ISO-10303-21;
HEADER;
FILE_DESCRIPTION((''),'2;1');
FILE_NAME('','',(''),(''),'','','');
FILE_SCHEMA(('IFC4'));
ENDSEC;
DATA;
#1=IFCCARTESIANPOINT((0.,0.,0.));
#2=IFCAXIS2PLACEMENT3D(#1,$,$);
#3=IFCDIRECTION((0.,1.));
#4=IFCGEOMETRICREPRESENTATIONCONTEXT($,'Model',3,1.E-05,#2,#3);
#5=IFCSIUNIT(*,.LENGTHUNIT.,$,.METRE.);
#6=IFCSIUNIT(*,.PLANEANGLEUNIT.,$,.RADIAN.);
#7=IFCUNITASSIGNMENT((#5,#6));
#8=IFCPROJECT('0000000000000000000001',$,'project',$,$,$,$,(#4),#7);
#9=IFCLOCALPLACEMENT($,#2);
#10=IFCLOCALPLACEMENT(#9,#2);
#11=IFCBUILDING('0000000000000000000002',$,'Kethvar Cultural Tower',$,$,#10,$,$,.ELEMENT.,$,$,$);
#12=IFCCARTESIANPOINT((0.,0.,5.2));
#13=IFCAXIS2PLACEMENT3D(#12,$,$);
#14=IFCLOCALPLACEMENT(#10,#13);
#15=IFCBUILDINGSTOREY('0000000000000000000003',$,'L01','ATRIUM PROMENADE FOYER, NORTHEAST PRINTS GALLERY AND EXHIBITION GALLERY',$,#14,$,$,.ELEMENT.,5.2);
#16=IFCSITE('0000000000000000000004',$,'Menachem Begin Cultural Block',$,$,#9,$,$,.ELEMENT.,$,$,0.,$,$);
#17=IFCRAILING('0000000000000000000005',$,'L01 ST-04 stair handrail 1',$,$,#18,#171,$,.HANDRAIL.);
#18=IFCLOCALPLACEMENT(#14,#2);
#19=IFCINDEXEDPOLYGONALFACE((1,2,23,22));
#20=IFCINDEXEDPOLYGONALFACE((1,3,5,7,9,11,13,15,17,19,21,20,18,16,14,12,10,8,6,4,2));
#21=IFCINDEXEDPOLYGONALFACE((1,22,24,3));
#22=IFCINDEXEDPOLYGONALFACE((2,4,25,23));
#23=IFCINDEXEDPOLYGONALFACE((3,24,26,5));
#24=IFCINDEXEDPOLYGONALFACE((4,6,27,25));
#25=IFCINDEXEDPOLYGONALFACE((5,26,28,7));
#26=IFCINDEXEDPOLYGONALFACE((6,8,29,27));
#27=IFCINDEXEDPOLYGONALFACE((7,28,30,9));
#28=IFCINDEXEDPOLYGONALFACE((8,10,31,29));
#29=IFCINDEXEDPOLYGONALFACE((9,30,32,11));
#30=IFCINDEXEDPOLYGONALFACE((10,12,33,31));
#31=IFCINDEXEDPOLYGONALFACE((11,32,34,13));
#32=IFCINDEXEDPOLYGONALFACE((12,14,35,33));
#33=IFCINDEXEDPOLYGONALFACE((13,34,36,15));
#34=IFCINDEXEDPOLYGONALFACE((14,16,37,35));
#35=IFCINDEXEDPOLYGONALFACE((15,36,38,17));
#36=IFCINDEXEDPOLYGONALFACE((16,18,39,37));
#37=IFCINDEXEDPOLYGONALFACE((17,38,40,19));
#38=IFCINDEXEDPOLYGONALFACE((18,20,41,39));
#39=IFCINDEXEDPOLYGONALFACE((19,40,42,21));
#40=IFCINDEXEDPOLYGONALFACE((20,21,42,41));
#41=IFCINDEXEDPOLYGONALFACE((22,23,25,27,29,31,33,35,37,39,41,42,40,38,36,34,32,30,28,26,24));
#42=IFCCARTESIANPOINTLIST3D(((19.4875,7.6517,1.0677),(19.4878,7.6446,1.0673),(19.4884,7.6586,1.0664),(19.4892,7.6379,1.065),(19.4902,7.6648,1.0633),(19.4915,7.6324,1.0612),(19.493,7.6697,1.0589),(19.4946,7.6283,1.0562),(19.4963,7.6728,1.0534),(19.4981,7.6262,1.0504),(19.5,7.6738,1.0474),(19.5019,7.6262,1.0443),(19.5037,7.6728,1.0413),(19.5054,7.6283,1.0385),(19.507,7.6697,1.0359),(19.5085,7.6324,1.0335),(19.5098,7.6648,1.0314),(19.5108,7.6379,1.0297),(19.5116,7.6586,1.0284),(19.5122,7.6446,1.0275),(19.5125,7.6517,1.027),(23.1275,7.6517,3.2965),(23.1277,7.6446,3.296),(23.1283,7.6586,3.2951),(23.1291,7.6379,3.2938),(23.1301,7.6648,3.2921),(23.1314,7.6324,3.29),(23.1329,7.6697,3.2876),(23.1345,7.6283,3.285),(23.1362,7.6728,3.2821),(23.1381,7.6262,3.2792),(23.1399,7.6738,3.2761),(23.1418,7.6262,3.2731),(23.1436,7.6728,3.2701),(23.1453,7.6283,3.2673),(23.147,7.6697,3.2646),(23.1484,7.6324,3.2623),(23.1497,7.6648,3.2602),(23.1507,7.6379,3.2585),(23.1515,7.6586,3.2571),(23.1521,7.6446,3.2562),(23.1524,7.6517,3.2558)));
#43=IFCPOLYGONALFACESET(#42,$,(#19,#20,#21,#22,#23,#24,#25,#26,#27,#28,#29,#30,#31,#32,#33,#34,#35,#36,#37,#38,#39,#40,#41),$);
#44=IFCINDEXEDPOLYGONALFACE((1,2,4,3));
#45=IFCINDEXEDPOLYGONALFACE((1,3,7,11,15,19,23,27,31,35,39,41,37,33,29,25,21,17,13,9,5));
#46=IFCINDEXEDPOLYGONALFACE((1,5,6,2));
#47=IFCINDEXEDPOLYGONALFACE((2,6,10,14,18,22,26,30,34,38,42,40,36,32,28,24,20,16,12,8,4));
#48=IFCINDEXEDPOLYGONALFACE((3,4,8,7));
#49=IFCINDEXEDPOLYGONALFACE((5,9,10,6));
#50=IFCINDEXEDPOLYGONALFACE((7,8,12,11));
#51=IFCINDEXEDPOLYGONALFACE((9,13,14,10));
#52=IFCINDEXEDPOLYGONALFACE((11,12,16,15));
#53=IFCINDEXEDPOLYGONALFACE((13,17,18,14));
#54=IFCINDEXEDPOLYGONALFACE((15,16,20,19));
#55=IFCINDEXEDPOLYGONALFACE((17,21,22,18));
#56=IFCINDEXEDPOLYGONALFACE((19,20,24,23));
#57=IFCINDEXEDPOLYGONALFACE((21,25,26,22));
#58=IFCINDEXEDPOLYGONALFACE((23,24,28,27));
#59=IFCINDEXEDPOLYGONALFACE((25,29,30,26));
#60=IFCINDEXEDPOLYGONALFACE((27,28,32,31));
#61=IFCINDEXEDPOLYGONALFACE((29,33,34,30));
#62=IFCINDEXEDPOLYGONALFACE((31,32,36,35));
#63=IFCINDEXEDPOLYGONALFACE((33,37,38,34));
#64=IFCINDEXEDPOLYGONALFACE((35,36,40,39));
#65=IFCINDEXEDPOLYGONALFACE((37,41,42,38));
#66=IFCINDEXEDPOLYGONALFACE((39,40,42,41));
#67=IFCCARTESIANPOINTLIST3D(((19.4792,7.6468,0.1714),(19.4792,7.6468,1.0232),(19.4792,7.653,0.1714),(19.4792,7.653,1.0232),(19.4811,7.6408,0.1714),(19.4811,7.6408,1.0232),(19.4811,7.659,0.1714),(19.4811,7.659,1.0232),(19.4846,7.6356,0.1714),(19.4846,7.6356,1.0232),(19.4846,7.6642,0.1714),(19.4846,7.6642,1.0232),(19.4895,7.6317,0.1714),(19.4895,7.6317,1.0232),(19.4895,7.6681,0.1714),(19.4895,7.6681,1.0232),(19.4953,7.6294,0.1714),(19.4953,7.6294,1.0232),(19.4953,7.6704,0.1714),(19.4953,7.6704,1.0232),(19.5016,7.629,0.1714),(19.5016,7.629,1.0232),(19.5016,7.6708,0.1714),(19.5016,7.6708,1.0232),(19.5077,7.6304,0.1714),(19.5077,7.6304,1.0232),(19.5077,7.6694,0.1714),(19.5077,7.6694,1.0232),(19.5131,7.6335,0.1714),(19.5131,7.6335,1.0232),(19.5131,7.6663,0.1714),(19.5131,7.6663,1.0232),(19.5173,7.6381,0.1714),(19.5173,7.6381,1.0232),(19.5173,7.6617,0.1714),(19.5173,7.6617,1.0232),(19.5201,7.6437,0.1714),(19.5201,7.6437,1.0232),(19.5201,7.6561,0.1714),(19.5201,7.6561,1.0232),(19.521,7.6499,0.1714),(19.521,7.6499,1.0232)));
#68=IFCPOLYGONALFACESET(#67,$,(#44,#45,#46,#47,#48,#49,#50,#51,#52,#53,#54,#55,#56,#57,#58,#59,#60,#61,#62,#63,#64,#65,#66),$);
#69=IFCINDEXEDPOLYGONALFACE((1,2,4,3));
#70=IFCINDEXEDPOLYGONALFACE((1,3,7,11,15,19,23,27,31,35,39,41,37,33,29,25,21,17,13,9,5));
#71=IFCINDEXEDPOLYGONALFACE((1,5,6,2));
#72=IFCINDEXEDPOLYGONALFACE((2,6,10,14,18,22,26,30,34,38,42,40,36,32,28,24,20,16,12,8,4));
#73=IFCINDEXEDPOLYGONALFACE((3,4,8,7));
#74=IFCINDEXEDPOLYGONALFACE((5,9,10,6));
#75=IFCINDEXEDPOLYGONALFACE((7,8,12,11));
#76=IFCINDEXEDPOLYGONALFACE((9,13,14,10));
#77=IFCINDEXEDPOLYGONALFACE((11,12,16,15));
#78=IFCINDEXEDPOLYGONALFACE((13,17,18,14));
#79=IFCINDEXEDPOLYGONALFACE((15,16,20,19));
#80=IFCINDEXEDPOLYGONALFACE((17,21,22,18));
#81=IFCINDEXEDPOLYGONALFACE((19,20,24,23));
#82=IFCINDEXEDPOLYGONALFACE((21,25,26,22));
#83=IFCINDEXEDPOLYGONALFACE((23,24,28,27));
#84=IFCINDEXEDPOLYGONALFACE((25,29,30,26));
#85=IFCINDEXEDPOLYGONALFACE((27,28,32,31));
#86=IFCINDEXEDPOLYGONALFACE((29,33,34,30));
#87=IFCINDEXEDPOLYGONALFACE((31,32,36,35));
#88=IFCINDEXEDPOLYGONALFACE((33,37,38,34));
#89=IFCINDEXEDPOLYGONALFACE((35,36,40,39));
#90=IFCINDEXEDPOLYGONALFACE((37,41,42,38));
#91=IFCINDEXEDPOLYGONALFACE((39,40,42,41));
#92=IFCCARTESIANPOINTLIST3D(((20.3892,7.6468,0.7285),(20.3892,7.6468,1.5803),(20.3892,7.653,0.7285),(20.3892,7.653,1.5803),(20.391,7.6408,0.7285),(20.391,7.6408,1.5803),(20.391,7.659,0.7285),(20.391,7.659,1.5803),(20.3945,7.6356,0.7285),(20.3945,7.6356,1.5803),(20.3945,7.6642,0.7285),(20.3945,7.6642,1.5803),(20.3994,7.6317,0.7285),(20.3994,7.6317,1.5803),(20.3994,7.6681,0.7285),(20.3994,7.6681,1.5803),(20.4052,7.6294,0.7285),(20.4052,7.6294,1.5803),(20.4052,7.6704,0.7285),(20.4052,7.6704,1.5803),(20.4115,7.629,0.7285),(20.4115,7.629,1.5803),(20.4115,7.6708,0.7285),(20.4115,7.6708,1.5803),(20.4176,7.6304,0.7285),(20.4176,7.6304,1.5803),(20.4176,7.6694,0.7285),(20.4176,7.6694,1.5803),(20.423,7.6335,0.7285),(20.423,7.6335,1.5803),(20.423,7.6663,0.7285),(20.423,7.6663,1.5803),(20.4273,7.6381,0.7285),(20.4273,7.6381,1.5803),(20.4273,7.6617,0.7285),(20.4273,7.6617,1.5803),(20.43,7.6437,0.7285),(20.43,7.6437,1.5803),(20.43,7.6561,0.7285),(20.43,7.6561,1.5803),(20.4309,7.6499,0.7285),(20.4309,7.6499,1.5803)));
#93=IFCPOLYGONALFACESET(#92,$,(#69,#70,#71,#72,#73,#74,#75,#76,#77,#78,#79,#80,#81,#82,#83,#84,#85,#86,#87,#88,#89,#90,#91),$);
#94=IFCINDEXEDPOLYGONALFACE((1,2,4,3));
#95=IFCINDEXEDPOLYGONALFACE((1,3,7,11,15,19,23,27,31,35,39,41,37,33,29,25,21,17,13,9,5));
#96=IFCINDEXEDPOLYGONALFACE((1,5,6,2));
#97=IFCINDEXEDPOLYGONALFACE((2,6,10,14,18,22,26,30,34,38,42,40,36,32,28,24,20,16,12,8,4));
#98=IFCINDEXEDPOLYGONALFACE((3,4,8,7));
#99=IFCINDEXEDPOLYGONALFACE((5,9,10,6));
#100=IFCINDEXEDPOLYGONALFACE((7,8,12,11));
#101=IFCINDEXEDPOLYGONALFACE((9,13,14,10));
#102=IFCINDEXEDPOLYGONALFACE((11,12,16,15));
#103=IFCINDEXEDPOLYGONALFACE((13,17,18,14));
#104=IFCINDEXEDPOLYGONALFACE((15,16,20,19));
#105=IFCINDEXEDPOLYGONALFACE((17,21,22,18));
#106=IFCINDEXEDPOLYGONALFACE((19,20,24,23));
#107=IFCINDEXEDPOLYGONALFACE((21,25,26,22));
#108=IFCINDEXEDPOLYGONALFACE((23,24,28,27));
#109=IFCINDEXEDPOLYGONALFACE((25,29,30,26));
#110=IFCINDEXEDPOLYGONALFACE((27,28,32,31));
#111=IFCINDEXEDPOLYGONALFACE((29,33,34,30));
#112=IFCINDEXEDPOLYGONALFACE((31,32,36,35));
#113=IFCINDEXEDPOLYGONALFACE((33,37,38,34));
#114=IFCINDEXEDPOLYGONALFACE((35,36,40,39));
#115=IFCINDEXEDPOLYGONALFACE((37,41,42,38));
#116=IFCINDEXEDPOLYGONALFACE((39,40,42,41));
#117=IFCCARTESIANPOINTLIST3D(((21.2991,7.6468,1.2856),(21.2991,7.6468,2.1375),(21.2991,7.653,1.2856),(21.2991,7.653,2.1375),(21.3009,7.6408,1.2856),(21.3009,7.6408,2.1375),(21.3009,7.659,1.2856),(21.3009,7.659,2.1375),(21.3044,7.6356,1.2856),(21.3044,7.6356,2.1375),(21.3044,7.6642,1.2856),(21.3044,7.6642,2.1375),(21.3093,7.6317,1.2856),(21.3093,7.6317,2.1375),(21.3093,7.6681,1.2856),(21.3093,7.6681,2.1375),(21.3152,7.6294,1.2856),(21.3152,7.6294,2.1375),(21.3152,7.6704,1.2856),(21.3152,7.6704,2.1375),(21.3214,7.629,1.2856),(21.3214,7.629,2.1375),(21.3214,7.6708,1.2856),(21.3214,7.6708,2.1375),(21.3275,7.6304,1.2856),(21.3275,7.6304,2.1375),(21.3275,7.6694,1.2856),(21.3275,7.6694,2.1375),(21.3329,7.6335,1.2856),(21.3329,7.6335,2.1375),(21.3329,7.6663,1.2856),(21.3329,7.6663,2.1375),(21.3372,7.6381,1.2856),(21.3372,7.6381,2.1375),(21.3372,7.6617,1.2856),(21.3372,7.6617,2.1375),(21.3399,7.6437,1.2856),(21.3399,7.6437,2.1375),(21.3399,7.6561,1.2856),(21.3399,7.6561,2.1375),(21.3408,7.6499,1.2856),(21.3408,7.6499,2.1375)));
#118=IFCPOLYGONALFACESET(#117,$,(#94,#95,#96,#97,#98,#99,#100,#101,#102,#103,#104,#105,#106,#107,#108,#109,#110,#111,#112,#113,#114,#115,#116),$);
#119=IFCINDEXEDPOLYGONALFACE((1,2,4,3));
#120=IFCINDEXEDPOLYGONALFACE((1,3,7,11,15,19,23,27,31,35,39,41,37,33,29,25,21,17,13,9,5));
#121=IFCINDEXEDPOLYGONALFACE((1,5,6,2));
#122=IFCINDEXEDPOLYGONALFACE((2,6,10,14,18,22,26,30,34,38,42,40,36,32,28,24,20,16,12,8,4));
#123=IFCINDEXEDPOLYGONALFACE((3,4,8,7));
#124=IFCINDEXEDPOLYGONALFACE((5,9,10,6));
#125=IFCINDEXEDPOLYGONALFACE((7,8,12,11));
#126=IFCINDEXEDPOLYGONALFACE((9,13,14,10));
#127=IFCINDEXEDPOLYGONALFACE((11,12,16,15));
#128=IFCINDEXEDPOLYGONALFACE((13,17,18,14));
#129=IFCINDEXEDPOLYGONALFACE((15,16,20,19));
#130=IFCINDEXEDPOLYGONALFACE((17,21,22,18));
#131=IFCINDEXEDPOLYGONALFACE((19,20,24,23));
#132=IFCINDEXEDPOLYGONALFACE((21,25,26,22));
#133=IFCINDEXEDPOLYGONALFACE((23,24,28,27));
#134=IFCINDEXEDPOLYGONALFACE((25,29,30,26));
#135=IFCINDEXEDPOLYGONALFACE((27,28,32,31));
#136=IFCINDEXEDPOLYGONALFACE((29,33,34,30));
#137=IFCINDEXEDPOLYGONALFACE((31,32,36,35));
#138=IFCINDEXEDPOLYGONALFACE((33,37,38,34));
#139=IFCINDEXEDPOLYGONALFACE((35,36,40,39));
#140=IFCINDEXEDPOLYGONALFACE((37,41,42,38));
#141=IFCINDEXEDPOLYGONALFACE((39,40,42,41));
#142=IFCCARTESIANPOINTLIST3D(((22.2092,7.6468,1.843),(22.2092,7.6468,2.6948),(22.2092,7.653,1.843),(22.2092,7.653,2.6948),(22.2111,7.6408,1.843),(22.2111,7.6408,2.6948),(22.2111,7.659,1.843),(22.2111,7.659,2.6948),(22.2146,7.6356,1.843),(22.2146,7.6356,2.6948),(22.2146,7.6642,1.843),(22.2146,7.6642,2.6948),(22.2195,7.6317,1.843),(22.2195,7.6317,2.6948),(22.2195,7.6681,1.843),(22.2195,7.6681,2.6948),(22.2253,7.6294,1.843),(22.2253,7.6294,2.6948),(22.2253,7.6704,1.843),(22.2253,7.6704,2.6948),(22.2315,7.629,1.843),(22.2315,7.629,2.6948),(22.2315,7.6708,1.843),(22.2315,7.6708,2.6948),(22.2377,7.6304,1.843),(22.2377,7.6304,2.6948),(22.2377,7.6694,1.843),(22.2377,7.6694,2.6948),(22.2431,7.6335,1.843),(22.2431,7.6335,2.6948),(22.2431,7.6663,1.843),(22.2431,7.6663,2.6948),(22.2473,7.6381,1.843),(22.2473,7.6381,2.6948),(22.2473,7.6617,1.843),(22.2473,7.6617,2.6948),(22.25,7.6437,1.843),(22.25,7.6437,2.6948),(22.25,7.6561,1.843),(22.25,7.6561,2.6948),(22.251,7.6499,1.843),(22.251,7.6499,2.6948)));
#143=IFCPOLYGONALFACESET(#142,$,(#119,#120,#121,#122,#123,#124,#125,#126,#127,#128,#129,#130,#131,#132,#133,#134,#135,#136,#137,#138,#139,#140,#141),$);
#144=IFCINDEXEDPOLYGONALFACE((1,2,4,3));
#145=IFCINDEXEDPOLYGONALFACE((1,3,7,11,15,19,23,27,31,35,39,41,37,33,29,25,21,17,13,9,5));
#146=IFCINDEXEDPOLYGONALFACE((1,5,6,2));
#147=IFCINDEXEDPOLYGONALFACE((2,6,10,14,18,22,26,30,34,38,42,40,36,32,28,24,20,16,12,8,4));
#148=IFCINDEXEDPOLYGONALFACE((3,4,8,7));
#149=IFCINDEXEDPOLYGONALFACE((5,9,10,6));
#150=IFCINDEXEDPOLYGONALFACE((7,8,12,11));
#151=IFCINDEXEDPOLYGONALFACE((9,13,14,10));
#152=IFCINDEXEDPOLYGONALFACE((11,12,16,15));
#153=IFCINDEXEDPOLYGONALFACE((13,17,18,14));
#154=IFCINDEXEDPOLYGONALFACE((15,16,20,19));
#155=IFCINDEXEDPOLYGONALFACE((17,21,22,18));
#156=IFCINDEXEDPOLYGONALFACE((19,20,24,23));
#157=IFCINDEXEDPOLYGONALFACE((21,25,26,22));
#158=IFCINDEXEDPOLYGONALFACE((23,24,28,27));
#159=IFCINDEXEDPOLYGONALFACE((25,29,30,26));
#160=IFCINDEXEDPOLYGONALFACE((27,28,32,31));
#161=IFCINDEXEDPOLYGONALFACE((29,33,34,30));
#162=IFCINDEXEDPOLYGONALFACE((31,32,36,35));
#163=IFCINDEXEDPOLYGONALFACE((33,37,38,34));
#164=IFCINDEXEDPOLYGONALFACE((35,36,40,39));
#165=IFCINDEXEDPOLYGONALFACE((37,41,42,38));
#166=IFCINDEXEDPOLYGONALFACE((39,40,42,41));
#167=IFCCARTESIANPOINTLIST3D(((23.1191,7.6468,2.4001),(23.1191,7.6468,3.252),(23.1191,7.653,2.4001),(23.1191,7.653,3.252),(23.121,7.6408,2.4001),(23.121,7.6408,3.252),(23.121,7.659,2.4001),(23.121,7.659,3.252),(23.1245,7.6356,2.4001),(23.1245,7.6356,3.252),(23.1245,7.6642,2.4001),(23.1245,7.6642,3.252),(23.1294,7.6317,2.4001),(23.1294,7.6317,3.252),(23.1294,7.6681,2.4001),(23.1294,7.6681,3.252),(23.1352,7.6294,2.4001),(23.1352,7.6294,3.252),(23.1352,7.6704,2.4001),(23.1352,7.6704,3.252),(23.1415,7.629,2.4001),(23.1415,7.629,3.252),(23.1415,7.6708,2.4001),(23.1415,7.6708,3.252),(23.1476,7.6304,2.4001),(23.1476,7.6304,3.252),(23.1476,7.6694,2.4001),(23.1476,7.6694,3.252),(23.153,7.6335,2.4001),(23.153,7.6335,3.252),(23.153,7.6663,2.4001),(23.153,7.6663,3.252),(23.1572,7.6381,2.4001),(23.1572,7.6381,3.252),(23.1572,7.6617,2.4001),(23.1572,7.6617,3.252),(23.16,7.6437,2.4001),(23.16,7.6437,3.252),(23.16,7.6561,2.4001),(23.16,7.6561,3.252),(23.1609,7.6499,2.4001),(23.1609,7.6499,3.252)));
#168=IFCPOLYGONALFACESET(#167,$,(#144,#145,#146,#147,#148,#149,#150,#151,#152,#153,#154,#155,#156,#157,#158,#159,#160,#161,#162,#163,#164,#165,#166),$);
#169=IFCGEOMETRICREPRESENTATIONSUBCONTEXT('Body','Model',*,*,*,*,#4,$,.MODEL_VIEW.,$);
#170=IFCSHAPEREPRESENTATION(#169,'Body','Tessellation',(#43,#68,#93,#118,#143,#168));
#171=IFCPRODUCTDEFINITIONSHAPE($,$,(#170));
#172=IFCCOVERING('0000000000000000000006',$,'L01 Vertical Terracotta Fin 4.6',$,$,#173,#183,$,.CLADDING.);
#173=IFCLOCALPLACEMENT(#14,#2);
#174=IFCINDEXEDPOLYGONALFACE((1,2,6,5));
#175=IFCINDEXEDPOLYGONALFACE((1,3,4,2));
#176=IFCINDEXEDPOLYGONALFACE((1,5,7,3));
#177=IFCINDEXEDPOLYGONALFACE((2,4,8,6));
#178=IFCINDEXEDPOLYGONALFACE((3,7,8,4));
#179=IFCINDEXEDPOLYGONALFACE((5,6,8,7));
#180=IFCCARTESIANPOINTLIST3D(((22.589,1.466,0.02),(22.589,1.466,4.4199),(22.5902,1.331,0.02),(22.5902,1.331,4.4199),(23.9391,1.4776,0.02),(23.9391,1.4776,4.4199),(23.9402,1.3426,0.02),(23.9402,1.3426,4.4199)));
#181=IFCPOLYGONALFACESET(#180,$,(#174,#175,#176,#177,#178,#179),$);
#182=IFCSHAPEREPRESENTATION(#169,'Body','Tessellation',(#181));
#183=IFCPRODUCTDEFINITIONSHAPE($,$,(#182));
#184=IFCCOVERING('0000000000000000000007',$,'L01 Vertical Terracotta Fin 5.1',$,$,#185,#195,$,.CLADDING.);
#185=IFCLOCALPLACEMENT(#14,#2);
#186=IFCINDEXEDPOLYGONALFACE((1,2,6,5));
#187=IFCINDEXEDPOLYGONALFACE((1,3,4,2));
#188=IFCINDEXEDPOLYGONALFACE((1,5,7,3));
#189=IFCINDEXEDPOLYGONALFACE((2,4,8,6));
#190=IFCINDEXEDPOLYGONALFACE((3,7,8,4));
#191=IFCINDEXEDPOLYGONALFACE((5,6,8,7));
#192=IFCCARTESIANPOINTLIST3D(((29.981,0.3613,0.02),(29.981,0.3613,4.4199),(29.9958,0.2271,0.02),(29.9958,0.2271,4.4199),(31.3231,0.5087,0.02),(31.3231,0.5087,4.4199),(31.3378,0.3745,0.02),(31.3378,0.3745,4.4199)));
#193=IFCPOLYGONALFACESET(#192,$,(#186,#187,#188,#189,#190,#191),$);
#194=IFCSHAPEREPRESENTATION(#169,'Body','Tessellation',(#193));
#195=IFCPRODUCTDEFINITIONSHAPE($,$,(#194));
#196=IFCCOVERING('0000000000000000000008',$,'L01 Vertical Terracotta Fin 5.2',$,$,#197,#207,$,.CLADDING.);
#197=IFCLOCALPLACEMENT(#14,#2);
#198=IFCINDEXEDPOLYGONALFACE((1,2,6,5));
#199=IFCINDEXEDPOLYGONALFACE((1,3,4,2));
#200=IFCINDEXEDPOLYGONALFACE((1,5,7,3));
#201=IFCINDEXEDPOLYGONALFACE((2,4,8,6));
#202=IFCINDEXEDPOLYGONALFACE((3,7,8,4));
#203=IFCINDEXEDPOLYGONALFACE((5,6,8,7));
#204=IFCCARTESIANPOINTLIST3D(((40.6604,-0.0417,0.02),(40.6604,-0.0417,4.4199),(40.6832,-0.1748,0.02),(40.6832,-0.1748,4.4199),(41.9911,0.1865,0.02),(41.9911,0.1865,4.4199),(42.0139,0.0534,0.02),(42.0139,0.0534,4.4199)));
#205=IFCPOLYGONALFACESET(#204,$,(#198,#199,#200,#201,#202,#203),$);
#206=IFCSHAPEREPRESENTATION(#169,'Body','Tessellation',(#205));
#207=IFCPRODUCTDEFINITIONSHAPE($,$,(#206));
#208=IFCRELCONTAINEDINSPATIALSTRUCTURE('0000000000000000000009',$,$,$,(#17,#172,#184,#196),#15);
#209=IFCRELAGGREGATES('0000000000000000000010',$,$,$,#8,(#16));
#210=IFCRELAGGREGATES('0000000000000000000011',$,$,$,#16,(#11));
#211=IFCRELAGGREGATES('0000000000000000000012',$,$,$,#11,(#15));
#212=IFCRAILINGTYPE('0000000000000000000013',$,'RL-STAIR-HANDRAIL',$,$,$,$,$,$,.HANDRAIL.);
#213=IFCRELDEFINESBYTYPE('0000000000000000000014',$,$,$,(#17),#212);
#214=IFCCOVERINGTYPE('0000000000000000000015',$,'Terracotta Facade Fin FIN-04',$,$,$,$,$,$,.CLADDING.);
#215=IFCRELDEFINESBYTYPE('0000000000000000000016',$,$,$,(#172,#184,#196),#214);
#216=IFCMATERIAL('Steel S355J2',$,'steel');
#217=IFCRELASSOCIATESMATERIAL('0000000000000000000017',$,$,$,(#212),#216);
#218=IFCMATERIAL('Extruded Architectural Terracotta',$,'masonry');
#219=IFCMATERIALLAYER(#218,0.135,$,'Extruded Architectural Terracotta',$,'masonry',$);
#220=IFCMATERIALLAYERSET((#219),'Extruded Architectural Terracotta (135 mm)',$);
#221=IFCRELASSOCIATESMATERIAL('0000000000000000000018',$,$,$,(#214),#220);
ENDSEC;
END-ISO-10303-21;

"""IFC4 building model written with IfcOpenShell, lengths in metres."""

from ifc_helpers import new_model, si_unit, direction, frame, origin, origin_2d, place, context, subcontext, project, spatial, rectangle, circle, extrude, source, transform, mapped, material, layer, layer_set, type_object, element, save


model = new_model("IFC4")

# Units and contexts
model_context = context("Model", 3, precision=1e-05, world=origin(), true_north=direction((0.0, 1.0)))
body_context = subcontext(model_context, "Body", "Model", "MODEL_VIEW")
ifc_project = project(units=[si_unit("LENGTHUNIT", "METRE"), si_unit("PLANEANGLEUNIT", "RADIAN")], contexts=[model_context])

# Site, building, storey
site_placement = place(None, origin())
site = spatial("IfcSite", under=ifc_project, at=site_placement, Name="Menachem Begin Cultural Block", CompositionType="ELEMENT", RefElevation=0.0)
building_placement = place(site_placement, origin())
building = spatial("IfcBuilding", under=site, at=building_placement, Name="Kethvar Cultural Tower", CompositionType="ELEMENT")
storey_placement = place(building_placement, frame((0.0, 0.0, 5.2)))
storey = spatial("IfcBuildingStorey", under=building, at=storey_placement, Name="L01", Description="ATRIUM PROMENADE FOYER, NORTHEAST PRINTS GALLERY AND EXHIBITION GALLERY", CompositionType="ELEMENT", Elevation=5.2)

# Shared definitions
ifc_material_1 = material(Name="Steel S355J2", Category="steel")

# Railing
railing_type_1 = type_object("IfcRailingType", Name="RL-STAIR-HANDRAIL", PredefinedType="HANDRAIL", material=ifc_material_1)
railing_1_placement = place(storey_placement, frame((19.5, 7.6499, 0.1714)))
element("IfcRailing", 1, at=railing_1_placement, inside=storey, type_object=railing_type_1, Name="L01 ST-04 stair handrail 1", PredefinedType="HANDRAIL", context=body_context, shape_type="SweptSolid", body=[
    extrude(circle(Radius=0.0239, at=origin_2d()), frame((0.0, 0.0, 0.876), z_axis=(0.852825, 0.0, 0.522197), x_axis=(0.0, 1.0, 0.0)), (0.0, 0.0, 1.0), 4.2681),
    extrude(circle(Radius=0.021, at=origin_2d()), origin(), (0.0, 0.0, 1.0), 0.8518),
    extrude(circle(Radius=0.021, at=origin_2d()), frame((0.9099, 0.0, 0.5571)), (0.0, 0.0, 1.0), 0.8518),
    extrude(circle(Radius=0.021, at=origin_2d()), frame((1.8198, 0.0, 1.1143)), (0.0, 0.0, 1.0), 0.8518),
    extrude(circle(Radius=0.021, at=origin_2d()), frame((2.73, 0.0, 1.6716)), (0.0, 0.0, 1.0), 0.8518),
    extrude(circle(Radius=0.021, at=origin_2d()), frame((3.6399, 0.0, 2.2288)), (0.0, 0.0, 1.0), 0.8518),
])

# Coverings
ifc_material_2 = material(Name="Extruded Architectural Terracotta", Category="masonry")
ifc_layer_1 = layer(ifc_material_2, 0.135, Name="Extruded Architectural Terracotta", Category="masonry")
ifc_layer_set_1 = layer_set([ifc_layer_1], Name="Extruded Architectural Terracotta (135 mm)")
covering_type = type_object("IfcCoveringType", Name="Terracotta Facade Fin FIN-04", PredefinedType="CLADDING", material=ifc_layer_set_1)
shared_shape_1 = source(origin(), body_context, "Body", "SweptSolid", [
    extrude(rectangle(XDim=1.3501, YDim=0.135, at=origin_2d()), origin(), (0.0, 0.0, 1.0), 4.3999),
])
for number, where, z_axis, x_axis, name in (
    (2, (23.2646, 1.4043, 0.02), (0.0, 0.0, 1.0), (-0.999963, -0.008552, 0.0), "L01 Vertical Terracotta Fin 4.6"),
    (3, (30.6594, 0.3679, 0.02), (0.0, 0.0, 1.0), (-0.994018, -0.109214, 0.0), "L01 Vertical Terracotta Fin 5.1"),
    (4, (41.3372, 0.0059, 0.02), (0.0, 0.0, 1.0), (-0.985615, -0.169005, 0.0), "L01 Vertical Terracotta Fin 5.2"),
):
    element("IfcCovering", number, at=place(storey_placement, frame(where, z_axis=z_axis, x_axis=x_axis)), inside=storey, type_object=covering_type, Name=name, PredefinedType="CLADDING", context=body_context, shape_type="MappedRepresentation", body=[
        mapped(shared_shape_1, transform((0.0, 0.0, 0.0), scale=1.0)),
    ])

save(model, "model.ifc")
